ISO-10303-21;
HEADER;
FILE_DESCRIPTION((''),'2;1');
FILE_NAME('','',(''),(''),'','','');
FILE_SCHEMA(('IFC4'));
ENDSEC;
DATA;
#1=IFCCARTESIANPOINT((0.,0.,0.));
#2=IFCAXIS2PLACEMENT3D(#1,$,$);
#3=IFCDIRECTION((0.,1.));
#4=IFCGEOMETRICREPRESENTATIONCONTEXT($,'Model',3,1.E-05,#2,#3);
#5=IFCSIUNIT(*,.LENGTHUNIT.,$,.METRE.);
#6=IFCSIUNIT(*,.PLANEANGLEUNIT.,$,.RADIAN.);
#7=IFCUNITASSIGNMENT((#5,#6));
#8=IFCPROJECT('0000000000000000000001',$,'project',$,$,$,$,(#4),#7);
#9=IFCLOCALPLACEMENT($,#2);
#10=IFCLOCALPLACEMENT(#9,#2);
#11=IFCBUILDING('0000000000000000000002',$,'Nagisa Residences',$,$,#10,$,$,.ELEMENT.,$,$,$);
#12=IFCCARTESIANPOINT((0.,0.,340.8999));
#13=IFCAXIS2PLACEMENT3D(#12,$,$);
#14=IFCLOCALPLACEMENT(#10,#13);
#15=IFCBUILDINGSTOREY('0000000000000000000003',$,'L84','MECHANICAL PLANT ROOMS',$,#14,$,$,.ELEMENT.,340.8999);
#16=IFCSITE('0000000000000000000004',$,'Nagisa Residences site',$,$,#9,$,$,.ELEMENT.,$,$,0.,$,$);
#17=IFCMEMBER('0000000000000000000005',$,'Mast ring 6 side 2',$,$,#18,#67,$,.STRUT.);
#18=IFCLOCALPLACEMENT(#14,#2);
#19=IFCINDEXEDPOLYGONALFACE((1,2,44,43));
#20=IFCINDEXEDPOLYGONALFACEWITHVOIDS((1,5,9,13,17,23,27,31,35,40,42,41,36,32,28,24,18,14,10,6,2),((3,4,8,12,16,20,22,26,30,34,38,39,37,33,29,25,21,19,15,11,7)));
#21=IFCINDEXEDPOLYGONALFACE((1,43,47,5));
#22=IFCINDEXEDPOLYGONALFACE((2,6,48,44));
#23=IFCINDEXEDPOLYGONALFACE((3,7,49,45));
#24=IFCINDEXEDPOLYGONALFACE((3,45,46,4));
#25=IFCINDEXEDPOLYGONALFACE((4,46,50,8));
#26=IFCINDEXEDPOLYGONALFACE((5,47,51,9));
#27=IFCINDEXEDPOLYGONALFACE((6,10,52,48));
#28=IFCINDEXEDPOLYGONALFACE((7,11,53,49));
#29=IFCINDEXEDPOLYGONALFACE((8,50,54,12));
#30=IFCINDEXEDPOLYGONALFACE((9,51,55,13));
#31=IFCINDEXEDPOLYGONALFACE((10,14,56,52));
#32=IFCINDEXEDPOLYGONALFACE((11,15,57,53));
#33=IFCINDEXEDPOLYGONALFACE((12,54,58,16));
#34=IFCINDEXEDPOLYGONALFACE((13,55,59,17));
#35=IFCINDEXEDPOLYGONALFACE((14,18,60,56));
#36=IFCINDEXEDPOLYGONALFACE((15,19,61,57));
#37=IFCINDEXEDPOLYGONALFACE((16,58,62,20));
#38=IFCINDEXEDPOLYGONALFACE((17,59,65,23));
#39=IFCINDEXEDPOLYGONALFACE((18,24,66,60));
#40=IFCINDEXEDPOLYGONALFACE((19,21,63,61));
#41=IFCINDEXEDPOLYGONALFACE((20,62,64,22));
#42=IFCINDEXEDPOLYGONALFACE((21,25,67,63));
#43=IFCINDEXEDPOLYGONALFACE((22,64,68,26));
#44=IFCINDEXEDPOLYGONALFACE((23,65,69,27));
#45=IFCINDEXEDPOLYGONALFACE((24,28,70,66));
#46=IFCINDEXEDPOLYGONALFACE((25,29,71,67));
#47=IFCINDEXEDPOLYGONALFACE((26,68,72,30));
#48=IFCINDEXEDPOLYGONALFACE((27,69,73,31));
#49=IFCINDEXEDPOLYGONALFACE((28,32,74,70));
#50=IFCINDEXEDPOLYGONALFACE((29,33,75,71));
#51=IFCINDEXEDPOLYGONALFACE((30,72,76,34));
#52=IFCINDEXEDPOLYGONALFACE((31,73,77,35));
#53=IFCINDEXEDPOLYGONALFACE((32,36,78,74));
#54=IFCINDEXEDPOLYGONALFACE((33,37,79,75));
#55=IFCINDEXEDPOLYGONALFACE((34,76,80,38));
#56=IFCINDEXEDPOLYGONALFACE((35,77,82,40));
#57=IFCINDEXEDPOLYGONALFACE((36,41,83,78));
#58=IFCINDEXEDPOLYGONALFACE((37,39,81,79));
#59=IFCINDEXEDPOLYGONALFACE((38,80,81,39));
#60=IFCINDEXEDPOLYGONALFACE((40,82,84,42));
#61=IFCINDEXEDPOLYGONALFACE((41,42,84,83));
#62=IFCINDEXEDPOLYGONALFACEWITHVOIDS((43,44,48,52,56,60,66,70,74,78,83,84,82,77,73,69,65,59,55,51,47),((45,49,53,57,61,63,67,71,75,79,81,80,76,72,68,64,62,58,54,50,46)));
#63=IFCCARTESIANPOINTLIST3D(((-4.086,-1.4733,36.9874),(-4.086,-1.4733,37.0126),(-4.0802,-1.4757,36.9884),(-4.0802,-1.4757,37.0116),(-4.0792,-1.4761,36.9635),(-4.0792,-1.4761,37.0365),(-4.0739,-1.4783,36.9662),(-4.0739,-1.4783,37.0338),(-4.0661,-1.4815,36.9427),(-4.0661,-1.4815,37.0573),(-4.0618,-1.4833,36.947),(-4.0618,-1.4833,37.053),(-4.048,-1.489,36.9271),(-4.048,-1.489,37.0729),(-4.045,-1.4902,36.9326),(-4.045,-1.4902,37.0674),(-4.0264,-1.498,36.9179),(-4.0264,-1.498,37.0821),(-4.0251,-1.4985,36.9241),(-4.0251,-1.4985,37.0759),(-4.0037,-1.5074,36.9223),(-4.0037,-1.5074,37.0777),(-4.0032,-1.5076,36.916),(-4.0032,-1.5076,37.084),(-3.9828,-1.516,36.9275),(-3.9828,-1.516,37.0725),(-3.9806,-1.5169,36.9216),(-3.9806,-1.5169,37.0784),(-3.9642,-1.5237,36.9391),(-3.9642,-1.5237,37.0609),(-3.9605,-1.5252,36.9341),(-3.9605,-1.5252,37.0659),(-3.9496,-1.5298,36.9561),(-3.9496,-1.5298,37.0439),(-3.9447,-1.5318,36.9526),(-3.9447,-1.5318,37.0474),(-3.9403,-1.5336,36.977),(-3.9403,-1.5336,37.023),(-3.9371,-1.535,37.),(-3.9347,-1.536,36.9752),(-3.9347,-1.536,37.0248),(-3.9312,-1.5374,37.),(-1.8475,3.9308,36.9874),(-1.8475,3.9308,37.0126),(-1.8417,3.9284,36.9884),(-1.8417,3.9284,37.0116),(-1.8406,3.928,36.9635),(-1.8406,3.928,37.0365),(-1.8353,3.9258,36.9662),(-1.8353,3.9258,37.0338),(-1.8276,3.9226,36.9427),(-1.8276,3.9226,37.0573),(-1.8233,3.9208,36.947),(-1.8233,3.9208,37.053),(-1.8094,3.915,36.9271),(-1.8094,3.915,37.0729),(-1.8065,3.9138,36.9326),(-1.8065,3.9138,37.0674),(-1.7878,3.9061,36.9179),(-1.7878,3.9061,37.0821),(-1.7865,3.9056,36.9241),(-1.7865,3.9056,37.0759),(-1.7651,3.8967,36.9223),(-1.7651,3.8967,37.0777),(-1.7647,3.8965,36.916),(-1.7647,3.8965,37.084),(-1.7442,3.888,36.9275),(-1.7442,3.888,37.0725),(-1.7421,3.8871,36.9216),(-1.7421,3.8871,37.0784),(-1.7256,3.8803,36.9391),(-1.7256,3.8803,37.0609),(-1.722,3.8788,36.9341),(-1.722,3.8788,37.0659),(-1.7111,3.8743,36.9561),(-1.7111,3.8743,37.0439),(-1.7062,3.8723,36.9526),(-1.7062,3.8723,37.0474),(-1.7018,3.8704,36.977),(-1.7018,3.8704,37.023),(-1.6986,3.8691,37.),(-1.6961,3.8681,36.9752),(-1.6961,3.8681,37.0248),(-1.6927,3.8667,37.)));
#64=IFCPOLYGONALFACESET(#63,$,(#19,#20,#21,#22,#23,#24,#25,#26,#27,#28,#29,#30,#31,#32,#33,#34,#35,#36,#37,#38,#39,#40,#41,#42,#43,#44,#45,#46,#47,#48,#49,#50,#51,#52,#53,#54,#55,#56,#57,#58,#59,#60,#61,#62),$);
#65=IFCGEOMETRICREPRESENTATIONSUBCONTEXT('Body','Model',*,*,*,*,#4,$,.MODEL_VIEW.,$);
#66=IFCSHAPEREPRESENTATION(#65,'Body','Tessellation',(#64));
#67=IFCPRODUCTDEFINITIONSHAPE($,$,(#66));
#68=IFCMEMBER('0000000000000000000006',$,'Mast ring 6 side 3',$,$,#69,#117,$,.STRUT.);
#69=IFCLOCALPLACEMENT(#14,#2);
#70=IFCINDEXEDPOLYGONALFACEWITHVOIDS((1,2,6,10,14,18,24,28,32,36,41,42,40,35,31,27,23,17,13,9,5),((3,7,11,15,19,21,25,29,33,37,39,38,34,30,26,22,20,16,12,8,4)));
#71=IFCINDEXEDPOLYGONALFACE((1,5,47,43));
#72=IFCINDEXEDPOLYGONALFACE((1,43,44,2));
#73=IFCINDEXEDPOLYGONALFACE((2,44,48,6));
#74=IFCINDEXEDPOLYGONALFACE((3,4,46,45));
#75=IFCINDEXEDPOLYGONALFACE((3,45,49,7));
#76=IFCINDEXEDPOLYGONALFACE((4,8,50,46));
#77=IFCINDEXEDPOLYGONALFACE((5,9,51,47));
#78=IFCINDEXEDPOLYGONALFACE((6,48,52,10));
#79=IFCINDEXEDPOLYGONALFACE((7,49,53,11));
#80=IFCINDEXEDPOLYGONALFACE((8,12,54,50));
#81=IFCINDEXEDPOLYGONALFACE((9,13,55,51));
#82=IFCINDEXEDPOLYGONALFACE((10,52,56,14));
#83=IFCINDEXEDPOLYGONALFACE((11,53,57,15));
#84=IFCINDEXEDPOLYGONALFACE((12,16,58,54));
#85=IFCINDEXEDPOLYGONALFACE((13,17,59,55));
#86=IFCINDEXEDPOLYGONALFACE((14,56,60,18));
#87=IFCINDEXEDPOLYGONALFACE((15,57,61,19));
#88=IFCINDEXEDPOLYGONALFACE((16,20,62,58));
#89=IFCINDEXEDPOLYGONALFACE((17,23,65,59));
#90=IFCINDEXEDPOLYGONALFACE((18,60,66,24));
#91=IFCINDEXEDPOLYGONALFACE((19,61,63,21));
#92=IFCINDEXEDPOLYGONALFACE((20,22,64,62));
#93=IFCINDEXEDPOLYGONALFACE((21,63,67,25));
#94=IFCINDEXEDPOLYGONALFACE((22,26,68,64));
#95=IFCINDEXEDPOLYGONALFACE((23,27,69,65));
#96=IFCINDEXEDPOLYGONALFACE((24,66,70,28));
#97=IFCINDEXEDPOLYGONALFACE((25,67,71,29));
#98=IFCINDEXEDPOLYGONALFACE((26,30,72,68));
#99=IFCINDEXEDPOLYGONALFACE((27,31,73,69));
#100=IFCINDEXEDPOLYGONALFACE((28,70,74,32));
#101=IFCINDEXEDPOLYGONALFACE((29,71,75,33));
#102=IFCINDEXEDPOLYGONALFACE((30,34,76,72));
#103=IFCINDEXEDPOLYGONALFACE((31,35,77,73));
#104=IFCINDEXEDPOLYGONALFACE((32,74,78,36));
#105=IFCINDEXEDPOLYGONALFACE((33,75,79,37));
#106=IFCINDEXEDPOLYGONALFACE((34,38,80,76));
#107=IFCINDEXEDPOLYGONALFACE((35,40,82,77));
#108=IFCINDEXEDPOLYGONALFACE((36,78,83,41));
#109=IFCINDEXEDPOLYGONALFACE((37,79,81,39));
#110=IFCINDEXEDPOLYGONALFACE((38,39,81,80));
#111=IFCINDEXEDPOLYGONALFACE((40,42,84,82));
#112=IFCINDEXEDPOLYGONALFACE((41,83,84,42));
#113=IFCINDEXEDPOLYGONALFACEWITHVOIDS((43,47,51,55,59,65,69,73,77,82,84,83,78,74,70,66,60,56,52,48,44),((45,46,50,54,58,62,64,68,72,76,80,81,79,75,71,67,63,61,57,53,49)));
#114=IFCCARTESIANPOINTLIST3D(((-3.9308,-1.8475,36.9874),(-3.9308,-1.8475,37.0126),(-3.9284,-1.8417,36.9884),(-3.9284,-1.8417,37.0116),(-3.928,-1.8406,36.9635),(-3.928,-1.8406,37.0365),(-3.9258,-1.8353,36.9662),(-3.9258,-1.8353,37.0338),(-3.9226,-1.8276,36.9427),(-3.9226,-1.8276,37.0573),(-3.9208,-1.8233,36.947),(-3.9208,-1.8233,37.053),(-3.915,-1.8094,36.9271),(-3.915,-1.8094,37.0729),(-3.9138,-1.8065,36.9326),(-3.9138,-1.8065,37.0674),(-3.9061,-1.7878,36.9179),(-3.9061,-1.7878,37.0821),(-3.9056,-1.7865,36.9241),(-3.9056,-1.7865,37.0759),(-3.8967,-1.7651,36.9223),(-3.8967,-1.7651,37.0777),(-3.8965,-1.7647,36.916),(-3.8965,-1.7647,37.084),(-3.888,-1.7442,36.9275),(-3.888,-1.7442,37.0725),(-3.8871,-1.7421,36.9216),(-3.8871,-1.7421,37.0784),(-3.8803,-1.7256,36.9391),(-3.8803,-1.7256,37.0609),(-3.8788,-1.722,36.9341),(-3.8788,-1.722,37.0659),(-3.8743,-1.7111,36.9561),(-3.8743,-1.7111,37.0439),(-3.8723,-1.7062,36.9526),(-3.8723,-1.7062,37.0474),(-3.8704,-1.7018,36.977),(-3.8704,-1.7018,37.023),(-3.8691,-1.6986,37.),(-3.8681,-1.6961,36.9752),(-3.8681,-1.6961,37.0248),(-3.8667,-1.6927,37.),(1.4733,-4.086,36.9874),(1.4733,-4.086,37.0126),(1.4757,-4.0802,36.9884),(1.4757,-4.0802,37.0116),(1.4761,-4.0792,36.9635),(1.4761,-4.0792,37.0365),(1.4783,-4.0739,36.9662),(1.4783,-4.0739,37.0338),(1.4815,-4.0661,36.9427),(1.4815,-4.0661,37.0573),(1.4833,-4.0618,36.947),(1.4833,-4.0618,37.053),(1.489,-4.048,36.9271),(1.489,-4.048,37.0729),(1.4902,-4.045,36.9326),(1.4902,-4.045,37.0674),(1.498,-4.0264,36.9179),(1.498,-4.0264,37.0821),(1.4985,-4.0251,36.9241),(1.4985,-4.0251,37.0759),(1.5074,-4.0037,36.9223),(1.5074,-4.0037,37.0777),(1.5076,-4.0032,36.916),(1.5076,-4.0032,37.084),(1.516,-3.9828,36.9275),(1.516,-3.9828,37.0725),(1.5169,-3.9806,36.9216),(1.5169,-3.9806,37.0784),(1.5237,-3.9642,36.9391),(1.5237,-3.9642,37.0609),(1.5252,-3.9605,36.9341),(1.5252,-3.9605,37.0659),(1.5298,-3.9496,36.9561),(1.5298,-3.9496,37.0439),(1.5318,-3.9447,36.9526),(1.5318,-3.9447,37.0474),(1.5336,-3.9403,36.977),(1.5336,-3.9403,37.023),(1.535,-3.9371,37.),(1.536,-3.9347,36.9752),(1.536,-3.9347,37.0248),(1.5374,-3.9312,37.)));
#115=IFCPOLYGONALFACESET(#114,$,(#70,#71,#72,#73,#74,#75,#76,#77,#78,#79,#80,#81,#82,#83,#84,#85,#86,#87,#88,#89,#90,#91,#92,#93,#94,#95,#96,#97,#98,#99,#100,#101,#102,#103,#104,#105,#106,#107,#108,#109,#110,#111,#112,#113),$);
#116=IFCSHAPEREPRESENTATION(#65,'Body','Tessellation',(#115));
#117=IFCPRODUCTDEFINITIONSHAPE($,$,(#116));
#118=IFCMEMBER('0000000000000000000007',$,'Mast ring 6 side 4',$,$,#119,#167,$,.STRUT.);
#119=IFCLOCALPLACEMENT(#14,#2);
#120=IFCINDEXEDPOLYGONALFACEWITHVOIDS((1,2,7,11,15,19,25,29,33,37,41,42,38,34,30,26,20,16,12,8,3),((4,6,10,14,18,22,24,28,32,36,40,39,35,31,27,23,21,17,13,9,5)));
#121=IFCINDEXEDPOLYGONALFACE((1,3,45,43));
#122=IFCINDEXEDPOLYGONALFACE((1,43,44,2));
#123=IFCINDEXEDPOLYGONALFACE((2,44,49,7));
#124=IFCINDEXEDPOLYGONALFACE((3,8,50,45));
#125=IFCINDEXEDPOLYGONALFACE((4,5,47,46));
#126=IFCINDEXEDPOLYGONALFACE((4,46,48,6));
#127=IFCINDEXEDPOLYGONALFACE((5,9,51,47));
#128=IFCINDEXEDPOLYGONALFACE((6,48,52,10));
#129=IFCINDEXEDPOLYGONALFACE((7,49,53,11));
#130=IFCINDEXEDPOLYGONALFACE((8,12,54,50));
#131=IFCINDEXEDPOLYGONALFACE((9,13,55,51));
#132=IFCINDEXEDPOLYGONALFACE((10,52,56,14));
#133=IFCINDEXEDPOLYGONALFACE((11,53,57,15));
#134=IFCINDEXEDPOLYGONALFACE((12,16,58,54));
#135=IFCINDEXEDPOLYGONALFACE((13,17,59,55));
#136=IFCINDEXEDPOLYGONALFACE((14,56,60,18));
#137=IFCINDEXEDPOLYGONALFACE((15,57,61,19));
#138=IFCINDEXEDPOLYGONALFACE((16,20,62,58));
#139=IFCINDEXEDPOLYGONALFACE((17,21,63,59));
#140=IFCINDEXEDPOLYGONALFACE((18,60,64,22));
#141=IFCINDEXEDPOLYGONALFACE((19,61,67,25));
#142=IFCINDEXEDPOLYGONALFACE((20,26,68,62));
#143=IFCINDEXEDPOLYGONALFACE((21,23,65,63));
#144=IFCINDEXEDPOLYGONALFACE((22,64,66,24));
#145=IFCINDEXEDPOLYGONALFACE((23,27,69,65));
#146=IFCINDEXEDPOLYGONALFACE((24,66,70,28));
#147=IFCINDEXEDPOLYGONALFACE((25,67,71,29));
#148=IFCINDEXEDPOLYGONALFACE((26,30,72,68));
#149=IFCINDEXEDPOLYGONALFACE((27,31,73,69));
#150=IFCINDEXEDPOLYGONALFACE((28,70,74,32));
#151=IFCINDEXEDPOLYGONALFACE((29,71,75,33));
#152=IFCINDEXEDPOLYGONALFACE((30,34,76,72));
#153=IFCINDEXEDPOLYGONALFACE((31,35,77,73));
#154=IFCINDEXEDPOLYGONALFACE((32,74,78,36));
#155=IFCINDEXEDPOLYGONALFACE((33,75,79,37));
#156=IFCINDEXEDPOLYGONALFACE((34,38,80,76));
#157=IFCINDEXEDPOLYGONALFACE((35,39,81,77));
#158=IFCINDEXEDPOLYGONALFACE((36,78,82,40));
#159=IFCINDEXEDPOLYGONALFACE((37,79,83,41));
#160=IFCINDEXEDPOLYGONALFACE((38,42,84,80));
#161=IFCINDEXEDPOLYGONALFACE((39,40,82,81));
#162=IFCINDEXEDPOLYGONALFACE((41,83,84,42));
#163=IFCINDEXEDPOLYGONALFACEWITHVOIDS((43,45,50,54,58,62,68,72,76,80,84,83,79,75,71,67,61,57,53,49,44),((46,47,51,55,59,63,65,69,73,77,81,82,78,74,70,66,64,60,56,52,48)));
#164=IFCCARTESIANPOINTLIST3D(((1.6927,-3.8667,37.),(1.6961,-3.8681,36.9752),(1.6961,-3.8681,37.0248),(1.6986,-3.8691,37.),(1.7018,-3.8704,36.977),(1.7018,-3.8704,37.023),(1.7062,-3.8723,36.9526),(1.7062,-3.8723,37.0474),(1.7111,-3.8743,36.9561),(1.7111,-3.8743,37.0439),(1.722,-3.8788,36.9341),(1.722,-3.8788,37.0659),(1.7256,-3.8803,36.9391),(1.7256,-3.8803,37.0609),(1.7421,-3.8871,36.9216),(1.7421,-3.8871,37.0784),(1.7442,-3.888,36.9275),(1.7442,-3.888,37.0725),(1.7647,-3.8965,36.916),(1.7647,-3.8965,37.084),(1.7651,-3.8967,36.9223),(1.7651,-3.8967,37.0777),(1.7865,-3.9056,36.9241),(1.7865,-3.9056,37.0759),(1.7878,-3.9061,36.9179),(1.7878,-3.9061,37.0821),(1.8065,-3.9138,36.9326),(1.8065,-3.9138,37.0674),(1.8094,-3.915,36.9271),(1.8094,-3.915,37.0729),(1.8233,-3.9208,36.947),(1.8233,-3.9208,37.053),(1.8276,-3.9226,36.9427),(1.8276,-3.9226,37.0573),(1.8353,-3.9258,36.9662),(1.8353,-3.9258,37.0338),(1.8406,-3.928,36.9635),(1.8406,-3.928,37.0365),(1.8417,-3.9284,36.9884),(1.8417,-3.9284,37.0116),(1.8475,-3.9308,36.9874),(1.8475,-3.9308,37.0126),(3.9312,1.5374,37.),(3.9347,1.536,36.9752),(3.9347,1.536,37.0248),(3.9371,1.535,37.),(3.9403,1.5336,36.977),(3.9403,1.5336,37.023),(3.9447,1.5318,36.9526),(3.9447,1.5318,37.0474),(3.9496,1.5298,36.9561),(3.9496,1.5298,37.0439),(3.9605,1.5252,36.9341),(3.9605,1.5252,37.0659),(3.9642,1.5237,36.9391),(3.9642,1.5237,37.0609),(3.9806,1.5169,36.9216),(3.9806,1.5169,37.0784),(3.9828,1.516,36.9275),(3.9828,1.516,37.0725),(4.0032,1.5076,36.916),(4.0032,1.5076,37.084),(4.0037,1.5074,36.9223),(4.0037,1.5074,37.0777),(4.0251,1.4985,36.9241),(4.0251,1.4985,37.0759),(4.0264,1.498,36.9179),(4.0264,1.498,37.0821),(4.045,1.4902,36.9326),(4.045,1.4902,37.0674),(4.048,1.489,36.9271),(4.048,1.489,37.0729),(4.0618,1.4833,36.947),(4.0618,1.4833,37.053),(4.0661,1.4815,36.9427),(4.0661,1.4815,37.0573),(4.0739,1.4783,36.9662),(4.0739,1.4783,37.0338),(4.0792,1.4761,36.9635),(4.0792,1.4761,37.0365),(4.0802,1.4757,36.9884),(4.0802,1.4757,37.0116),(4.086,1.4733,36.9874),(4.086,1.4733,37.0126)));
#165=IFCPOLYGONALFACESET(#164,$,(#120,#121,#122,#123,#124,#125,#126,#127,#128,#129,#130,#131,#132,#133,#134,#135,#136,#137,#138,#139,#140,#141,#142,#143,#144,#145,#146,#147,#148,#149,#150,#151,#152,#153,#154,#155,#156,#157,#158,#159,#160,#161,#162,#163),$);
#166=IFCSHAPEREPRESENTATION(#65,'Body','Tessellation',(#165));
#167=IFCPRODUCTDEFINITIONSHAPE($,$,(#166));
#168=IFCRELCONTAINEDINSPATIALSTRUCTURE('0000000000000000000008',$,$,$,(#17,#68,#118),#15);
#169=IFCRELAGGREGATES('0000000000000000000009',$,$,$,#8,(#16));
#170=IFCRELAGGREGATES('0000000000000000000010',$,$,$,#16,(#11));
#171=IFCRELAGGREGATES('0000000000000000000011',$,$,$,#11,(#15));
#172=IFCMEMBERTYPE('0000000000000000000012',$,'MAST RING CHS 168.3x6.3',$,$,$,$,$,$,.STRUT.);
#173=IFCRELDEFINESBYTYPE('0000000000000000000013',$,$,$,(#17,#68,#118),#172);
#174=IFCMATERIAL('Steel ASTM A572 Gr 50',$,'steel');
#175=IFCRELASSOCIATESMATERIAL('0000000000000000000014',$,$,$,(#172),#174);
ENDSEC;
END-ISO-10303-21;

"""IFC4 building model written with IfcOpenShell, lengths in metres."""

from ifc_helpers import new_model, si_unit, direction, frame, origin, origin_2d, place, context, subcontext, project, spatial, hollow_circle, extrude, material, material_profile, profile_set, type_object, element, save


model = new_model("IFC4")

# Units and contexts
model_context = context("Model", 3, precision=1e-05, world=origin(), true_north=direction((0.0, 1.0)))
body_context = subcontext(model_context, "Body", "Model", "MODEL_VIEW")
ifc_project = project(units=[si_unit("LENGTHUNIT", "METRE"), si_unit("PLANEANGLEUNIT", "RADIAN")], contexts=[model_context])

# Site, building, storey
site_placement = place(None, origin())
site = spatial("IfcSite", under=ifc_project, at=site_placement, Name="Nagisa Residences site", CompositionType="ELEMENT", RefElevation=0.0)
building_placement = place(site_placement, origin())
building = spatial("IfcBuilding", under=site, at=building_placement, Name="Nagisa Residences", CompositionType="ELEMENT")
storey_placement = place(building_placement, frame((0.0, 0.0, 340.8999)))
storey = spatial("IfcBuildingStorey", under=building, at=storey_placement, Name="L84", Description="MECHANICAL PLANT ROOMS", CompositionType="ELEMENT", Elevation=340.8999)

# Members
ifc_material_1 = material(Name="Steel ASTM A572 Gr 50", Category="steel")
ifc_material_profile_1 = material_profile(ifc_material_1, hollow_circle(Radius=0.0842, WallThickness=0.0063, at=origin_2d()), Name="MAST RING CHS 168.3x6.3")
ifc_profile_set_1 = profile_set([ifc_material_profile_1], Name="Steel ASTM A572 Gr 50")
member_type_1 = type_object("IfcMemberType", Name="MAST RING CHS 168.3x6.3", PredefinedType="STRUT", material=ifc_profile_set_1)
for number, where, z_axis, x_axis, name in (
    (1, (-1.7705, 3.8989, 37.0), (-0.382697, -0.923874, 0.0), (0.923874, -0.382697, 0.0), "Mast ring 6 side 2"),
    (2, (-3.8989, -1.7705, 37.0), (0.923874, -0.382697, 0.0), (0.382697, 0.923874, 0.0), "Mast ring 6 side 3"),
    (3, (1.7705, -3.8989, 37.0), (0.382697, 0.923874, 0.0), (-0.923874, 0.382697, 0.0), "Mast ring 6 side 4"),
):
    element("IfcMember", number, at=place(storey_placement, frame(where, z_axis=z_axis, x_axis=x_axis)), inside=storey, type_object=member_type_1, Name=name, PredefinedType="STRUT", context=body_context, shape_type="SweptSolid", body=[
        extrude(hollow_circle(Radius=0.0842, WallThickness=0.0063, at=origin_2d()), origin(), (0.0, 0.0, 1.0), 5.8494),
    ])

save(model, "model.ifc")
